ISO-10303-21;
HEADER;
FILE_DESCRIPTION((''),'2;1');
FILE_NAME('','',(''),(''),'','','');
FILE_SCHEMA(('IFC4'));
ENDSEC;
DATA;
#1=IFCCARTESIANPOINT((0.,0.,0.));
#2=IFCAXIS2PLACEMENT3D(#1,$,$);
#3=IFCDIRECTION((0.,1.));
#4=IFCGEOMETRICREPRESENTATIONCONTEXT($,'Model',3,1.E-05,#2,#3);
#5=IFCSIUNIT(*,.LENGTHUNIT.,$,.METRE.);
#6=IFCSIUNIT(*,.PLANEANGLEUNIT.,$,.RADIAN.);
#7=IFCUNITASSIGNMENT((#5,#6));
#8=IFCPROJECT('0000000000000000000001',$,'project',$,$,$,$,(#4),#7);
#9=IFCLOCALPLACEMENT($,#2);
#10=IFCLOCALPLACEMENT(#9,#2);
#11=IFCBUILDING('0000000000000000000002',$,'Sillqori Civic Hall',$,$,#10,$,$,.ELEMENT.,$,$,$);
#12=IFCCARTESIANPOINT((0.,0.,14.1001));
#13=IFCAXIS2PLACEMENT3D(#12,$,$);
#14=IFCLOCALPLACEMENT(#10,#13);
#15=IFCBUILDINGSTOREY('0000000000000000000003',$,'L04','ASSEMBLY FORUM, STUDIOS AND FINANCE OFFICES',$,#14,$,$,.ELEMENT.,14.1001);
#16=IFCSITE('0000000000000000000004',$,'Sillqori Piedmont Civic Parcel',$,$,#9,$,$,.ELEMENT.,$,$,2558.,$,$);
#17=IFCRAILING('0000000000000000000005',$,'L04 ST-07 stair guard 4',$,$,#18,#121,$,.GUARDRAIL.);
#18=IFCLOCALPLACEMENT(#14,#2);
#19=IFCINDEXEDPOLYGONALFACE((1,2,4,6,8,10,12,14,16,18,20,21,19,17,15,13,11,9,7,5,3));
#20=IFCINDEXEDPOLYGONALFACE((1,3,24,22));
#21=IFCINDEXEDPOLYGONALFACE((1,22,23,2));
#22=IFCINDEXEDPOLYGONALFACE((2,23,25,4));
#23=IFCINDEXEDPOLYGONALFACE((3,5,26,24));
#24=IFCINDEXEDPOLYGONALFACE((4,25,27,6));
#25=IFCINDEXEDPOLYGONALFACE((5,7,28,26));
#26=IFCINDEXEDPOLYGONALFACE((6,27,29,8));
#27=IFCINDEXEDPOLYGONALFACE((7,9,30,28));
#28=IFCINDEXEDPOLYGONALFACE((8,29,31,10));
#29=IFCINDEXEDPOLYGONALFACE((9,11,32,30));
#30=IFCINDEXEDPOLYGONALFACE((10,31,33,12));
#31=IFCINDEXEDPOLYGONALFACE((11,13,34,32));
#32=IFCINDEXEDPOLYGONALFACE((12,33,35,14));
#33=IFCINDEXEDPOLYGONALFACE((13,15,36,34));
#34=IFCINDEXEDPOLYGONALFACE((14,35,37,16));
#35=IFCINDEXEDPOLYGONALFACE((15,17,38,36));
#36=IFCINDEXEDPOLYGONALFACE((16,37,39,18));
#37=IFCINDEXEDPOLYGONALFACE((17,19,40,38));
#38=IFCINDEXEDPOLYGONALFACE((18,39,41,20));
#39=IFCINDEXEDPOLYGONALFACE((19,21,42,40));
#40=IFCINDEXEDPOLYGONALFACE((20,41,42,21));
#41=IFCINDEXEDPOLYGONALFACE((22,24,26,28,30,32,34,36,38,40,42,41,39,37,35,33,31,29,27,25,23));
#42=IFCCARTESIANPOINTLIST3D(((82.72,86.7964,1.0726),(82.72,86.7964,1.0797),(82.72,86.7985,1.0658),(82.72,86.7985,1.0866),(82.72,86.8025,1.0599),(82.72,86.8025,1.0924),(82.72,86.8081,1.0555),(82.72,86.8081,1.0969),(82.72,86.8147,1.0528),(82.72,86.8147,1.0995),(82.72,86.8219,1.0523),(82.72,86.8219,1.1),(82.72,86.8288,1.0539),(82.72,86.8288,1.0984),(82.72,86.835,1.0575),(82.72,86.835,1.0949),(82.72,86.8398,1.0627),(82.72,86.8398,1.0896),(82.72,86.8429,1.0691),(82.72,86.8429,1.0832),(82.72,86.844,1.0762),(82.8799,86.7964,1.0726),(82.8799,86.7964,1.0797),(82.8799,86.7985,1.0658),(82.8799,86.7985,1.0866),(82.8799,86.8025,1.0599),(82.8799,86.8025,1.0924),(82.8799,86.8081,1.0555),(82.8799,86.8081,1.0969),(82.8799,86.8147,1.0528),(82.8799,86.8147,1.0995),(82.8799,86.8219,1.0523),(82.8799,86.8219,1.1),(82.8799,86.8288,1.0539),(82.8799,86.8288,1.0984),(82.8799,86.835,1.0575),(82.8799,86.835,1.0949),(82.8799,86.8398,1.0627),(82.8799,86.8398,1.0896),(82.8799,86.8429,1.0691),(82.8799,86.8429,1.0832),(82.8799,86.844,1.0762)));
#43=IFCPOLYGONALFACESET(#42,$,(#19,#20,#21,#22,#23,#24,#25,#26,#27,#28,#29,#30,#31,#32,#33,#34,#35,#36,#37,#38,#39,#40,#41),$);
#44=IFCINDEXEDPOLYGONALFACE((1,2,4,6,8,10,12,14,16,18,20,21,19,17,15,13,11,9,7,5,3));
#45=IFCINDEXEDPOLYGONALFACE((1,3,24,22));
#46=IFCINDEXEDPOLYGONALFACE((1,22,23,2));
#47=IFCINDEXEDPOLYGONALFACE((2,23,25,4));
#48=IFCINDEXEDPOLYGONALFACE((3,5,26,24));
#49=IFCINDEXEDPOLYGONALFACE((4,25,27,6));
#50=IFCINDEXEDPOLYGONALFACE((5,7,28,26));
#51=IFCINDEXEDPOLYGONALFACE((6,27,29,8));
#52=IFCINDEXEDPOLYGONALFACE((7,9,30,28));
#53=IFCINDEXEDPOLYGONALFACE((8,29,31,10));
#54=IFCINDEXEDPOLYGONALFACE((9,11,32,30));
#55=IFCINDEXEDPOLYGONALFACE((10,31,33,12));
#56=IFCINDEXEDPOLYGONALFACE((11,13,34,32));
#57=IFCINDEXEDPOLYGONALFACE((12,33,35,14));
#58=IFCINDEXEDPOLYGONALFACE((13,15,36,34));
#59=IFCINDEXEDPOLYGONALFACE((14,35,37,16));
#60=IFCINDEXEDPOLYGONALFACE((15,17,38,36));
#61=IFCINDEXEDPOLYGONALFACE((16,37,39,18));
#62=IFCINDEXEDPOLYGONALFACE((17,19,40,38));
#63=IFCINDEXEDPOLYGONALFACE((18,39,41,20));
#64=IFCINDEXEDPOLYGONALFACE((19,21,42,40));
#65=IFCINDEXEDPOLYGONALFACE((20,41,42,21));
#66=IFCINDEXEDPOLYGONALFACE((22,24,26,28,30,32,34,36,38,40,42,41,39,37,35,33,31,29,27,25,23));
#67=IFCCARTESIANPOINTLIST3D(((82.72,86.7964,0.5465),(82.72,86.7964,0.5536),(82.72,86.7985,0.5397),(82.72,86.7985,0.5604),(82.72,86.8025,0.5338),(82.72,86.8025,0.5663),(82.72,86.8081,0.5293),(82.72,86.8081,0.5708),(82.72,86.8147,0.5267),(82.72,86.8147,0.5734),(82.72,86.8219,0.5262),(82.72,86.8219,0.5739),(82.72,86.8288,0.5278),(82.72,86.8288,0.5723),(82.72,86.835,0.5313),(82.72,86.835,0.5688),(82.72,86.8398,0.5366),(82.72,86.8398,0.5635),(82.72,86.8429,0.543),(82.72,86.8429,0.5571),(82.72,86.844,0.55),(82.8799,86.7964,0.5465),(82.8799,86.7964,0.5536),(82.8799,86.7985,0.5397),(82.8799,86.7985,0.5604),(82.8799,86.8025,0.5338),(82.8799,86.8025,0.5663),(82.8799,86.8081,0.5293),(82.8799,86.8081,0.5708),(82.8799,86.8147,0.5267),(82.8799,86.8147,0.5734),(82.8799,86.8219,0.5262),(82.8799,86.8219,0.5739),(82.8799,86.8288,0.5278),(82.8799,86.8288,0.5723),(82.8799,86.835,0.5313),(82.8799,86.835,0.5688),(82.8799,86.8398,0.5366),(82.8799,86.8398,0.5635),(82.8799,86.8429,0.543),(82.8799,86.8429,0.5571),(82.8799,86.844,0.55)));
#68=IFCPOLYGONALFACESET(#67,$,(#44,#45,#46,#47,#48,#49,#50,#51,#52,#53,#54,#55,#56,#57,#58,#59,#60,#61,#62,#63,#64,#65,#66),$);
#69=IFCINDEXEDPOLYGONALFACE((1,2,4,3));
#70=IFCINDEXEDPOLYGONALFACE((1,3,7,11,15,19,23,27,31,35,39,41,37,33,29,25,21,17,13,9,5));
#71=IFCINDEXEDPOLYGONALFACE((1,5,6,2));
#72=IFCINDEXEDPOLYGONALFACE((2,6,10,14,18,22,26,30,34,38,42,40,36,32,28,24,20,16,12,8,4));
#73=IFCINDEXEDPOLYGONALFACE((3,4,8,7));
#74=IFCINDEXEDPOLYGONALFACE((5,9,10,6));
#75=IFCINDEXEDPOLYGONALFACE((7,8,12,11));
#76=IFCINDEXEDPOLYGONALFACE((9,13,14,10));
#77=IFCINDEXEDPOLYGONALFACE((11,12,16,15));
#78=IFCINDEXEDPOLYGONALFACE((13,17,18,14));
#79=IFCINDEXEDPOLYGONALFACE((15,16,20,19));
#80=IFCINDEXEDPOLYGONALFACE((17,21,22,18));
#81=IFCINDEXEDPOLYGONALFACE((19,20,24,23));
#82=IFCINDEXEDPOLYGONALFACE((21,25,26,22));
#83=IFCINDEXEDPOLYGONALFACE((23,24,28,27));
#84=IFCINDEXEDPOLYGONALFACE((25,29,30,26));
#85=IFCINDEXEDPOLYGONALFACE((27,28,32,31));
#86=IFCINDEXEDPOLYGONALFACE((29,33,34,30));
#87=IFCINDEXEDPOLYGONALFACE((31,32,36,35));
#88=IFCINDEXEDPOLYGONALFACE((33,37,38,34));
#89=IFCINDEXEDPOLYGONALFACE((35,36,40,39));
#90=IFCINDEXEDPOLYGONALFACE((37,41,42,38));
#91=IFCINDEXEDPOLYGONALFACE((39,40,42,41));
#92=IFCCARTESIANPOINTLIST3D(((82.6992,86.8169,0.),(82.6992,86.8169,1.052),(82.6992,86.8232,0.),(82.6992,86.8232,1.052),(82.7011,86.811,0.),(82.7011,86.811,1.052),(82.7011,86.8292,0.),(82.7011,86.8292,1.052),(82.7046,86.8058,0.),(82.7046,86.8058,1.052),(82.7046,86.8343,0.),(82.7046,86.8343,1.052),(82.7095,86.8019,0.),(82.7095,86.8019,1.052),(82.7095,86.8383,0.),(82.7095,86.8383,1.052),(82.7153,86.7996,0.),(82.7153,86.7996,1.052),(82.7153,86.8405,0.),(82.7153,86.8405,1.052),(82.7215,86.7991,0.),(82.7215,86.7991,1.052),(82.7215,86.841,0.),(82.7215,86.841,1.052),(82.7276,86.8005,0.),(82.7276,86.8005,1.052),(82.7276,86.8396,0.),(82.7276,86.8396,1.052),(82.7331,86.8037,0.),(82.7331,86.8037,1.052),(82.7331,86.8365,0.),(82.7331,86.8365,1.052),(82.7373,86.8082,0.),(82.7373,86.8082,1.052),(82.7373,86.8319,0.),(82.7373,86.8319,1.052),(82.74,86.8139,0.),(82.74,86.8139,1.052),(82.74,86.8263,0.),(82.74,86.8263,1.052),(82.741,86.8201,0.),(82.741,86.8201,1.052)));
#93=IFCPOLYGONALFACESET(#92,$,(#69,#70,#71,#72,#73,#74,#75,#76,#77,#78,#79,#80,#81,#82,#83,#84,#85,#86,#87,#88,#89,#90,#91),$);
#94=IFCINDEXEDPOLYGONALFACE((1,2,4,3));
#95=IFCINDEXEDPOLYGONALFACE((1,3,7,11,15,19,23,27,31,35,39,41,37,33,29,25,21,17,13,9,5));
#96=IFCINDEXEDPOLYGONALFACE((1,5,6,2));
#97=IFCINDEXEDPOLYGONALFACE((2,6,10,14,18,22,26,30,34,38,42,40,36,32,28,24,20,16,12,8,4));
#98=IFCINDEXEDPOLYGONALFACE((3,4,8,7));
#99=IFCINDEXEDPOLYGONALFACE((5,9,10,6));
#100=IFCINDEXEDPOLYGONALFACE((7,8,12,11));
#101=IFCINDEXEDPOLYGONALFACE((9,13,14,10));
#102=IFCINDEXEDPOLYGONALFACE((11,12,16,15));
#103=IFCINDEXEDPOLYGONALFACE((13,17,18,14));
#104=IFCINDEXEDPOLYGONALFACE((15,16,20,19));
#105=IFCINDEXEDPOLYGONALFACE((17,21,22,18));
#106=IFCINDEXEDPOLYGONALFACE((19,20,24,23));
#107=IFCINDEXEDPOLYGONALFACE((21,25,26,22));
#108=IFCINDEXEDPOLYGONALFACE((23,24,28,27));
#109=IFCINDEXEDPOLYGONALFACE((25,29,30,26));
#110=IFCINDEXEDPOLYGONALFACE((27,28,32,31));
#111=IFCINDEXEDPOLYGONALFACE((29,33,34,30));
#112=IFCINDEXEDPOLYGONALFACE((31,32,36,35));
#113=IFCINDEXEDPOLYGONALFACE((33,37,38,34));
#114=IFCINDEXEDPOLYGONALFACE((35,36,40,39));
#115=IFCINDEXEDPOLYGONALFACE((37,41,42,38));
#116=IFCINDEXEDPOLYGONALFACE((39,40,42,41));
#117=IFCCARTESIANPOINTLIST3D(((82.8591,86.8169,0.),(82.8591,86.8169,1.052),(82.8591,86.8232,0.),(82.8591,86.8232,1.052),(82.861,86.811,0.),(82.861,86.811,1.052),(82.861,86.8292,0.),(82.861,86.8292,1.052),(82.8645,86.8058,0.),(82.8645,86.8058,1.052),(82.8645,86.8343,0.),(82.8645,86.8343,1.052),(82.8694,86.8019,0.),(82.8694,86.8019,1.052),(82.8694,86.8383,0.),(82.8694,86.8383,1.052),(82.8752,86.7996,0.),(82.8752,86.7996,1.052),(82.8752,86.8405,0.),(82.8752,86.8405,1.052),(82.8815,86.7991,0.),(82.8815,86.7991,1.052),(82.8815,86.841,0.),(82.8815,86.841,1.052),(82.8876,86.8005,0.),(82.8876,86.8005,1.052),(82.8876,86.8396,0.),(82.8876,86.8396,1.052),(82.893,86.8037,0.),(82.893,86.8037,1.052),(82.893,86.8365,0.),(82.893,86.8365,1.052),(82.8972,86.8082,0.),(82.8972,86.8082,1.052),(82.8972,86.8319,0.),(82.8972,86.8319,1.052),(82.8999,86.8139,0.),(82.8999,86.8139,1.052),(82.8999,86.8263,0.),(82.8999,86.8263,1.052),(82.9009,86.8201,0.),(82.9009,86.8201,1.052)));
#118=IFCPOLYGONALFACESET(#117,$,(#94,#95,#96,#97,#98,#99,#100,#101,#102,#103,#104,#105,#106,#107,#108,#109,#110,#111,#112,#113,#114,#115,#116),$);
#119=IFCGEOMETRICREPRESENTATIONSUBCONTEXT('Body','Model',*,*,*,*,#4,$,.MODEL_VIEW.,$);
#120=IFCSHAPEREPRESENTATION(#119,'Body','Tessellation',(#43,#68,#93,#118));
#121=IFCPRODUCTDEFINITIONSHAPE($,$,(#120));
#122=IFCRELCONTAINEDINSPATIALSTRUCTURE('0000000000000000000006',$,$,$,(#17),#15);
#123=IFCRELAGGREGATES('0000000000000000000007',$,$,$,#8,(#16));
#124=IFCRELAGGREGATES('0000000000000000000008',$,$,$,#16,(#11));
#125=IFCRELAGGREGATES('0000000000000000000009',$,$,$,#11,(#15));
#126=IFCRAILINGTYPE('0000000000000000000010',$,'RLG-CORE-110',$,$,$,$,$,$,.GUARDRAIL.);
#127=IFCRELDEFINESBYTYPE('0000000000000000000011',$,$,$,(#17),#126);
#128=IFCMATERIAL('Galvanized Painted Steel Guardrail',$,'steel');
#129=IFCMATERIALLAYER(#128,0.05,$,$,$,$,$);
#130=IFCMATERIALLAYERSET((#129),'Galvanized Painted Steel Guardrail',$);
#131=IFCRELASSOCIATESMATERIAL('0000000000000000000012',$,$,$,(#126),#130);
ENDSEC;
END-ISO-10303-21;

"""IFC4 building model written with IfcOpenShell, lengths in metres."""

from ifc_helpers import new_model, si_unit, direction, frame, origin, origin_2d, place, context, subcontext, project, spatial, circle, extrude, material, layer, layer_set, type_object, element, save


model = new_model("IFC4")

# Units and contexts
model_context = context("Model", 3, precision=1e-05, world=origin(), true_north=direction((0.0, 1.0)))
body_context = subcontext(model_context, "Body", "Model", "MODEL_VIEW")
ifc_project = project(units=[si_unit("LENGTHUNIT", "METRE"), si_unit("PLANEANGLEUNIT", "RADIAN")], contexts=[model_context])

# Site, building, storey
site_placement = place(None, origin())
site = spatial("IfcSite", under=ifc_project, at=site_placement, Name="Sillqori Piedmont Civic Parcel", CompositionType="ELEMENT", RefElevation=2558.0)
building_placement = place(site_placement, origin())
building = spatial("IfcBuilding", under=site, at=building_placement, Name="Sillqori Civic Hall", CompositionType="ELEMENT")
storey_placement = place(building_placement, frame((0.0, 0.0, 14.1001)))
storey = spatial("IfcBuildingStorey", under=building, at=storey_placement, Name="L04", Description="ASSEMBLY FORUM, STUDIOS AND FINANCE OFFICES", CompositionType="ELEMENT", Elevation=14.1001)

# Railing
ifc_material_1 = material(Name="Galvanized Painted Steel Guardrail", Category="steel")
ifc_layer_1 = layer(ifc_material_1, 0.05)
ifc_layer_set_1 = layer_set([ifc_layer_1], Name="Galvanized Painted Steel Guardrail")
railing_type_1 = type_object("IfcRailingType", Name="RLG-CORE-110", PredefinedType="GUARDRAIL", material=ifc_layer_set_1)
railing_1_placement = place(storey_placement, frame((82.72, 86.8201, 0.0)))
element("IfcRailing", 1, at=railing_1_placement, inside=storey, type_object=railing_type_1, Name="L04 ST-07 stair guard 4", PredefinedType="GUARDRAIL", context=body_context, shape_type="SweptSolid", body=[
    extrude(circle(Radius=0.0239, at=origin_2d()), frame((0.0, 0.0, 1.0762), z_axis=(1.0, 0.0, 0.0), x_axis=(0.0, 1.0, 0.0)), (0.0, 0.0, 1.0), 0.1599),
    extrude(circle(Radius=0.0239, at=origin_2d()), frame((0.0, 0.0, 0.55), z_axis=(1.0, 0.0, 0.0), x_axis=(0.0, 1.0, 0.0)), (0.0, 0.0, 1.0), 0.1599),
    extrude(circle(Radius=0.021, at=origin_2d()), origin(), (0.0, 0.0, 1.0), 1.052),
    extrude(circle(Radius=0.021, at=origin_2d()), frame((0.1599, 0.0, 0.0)), (0.0, 0.0, 1.0), 1.052),
])

save(model, "model.ifc")
